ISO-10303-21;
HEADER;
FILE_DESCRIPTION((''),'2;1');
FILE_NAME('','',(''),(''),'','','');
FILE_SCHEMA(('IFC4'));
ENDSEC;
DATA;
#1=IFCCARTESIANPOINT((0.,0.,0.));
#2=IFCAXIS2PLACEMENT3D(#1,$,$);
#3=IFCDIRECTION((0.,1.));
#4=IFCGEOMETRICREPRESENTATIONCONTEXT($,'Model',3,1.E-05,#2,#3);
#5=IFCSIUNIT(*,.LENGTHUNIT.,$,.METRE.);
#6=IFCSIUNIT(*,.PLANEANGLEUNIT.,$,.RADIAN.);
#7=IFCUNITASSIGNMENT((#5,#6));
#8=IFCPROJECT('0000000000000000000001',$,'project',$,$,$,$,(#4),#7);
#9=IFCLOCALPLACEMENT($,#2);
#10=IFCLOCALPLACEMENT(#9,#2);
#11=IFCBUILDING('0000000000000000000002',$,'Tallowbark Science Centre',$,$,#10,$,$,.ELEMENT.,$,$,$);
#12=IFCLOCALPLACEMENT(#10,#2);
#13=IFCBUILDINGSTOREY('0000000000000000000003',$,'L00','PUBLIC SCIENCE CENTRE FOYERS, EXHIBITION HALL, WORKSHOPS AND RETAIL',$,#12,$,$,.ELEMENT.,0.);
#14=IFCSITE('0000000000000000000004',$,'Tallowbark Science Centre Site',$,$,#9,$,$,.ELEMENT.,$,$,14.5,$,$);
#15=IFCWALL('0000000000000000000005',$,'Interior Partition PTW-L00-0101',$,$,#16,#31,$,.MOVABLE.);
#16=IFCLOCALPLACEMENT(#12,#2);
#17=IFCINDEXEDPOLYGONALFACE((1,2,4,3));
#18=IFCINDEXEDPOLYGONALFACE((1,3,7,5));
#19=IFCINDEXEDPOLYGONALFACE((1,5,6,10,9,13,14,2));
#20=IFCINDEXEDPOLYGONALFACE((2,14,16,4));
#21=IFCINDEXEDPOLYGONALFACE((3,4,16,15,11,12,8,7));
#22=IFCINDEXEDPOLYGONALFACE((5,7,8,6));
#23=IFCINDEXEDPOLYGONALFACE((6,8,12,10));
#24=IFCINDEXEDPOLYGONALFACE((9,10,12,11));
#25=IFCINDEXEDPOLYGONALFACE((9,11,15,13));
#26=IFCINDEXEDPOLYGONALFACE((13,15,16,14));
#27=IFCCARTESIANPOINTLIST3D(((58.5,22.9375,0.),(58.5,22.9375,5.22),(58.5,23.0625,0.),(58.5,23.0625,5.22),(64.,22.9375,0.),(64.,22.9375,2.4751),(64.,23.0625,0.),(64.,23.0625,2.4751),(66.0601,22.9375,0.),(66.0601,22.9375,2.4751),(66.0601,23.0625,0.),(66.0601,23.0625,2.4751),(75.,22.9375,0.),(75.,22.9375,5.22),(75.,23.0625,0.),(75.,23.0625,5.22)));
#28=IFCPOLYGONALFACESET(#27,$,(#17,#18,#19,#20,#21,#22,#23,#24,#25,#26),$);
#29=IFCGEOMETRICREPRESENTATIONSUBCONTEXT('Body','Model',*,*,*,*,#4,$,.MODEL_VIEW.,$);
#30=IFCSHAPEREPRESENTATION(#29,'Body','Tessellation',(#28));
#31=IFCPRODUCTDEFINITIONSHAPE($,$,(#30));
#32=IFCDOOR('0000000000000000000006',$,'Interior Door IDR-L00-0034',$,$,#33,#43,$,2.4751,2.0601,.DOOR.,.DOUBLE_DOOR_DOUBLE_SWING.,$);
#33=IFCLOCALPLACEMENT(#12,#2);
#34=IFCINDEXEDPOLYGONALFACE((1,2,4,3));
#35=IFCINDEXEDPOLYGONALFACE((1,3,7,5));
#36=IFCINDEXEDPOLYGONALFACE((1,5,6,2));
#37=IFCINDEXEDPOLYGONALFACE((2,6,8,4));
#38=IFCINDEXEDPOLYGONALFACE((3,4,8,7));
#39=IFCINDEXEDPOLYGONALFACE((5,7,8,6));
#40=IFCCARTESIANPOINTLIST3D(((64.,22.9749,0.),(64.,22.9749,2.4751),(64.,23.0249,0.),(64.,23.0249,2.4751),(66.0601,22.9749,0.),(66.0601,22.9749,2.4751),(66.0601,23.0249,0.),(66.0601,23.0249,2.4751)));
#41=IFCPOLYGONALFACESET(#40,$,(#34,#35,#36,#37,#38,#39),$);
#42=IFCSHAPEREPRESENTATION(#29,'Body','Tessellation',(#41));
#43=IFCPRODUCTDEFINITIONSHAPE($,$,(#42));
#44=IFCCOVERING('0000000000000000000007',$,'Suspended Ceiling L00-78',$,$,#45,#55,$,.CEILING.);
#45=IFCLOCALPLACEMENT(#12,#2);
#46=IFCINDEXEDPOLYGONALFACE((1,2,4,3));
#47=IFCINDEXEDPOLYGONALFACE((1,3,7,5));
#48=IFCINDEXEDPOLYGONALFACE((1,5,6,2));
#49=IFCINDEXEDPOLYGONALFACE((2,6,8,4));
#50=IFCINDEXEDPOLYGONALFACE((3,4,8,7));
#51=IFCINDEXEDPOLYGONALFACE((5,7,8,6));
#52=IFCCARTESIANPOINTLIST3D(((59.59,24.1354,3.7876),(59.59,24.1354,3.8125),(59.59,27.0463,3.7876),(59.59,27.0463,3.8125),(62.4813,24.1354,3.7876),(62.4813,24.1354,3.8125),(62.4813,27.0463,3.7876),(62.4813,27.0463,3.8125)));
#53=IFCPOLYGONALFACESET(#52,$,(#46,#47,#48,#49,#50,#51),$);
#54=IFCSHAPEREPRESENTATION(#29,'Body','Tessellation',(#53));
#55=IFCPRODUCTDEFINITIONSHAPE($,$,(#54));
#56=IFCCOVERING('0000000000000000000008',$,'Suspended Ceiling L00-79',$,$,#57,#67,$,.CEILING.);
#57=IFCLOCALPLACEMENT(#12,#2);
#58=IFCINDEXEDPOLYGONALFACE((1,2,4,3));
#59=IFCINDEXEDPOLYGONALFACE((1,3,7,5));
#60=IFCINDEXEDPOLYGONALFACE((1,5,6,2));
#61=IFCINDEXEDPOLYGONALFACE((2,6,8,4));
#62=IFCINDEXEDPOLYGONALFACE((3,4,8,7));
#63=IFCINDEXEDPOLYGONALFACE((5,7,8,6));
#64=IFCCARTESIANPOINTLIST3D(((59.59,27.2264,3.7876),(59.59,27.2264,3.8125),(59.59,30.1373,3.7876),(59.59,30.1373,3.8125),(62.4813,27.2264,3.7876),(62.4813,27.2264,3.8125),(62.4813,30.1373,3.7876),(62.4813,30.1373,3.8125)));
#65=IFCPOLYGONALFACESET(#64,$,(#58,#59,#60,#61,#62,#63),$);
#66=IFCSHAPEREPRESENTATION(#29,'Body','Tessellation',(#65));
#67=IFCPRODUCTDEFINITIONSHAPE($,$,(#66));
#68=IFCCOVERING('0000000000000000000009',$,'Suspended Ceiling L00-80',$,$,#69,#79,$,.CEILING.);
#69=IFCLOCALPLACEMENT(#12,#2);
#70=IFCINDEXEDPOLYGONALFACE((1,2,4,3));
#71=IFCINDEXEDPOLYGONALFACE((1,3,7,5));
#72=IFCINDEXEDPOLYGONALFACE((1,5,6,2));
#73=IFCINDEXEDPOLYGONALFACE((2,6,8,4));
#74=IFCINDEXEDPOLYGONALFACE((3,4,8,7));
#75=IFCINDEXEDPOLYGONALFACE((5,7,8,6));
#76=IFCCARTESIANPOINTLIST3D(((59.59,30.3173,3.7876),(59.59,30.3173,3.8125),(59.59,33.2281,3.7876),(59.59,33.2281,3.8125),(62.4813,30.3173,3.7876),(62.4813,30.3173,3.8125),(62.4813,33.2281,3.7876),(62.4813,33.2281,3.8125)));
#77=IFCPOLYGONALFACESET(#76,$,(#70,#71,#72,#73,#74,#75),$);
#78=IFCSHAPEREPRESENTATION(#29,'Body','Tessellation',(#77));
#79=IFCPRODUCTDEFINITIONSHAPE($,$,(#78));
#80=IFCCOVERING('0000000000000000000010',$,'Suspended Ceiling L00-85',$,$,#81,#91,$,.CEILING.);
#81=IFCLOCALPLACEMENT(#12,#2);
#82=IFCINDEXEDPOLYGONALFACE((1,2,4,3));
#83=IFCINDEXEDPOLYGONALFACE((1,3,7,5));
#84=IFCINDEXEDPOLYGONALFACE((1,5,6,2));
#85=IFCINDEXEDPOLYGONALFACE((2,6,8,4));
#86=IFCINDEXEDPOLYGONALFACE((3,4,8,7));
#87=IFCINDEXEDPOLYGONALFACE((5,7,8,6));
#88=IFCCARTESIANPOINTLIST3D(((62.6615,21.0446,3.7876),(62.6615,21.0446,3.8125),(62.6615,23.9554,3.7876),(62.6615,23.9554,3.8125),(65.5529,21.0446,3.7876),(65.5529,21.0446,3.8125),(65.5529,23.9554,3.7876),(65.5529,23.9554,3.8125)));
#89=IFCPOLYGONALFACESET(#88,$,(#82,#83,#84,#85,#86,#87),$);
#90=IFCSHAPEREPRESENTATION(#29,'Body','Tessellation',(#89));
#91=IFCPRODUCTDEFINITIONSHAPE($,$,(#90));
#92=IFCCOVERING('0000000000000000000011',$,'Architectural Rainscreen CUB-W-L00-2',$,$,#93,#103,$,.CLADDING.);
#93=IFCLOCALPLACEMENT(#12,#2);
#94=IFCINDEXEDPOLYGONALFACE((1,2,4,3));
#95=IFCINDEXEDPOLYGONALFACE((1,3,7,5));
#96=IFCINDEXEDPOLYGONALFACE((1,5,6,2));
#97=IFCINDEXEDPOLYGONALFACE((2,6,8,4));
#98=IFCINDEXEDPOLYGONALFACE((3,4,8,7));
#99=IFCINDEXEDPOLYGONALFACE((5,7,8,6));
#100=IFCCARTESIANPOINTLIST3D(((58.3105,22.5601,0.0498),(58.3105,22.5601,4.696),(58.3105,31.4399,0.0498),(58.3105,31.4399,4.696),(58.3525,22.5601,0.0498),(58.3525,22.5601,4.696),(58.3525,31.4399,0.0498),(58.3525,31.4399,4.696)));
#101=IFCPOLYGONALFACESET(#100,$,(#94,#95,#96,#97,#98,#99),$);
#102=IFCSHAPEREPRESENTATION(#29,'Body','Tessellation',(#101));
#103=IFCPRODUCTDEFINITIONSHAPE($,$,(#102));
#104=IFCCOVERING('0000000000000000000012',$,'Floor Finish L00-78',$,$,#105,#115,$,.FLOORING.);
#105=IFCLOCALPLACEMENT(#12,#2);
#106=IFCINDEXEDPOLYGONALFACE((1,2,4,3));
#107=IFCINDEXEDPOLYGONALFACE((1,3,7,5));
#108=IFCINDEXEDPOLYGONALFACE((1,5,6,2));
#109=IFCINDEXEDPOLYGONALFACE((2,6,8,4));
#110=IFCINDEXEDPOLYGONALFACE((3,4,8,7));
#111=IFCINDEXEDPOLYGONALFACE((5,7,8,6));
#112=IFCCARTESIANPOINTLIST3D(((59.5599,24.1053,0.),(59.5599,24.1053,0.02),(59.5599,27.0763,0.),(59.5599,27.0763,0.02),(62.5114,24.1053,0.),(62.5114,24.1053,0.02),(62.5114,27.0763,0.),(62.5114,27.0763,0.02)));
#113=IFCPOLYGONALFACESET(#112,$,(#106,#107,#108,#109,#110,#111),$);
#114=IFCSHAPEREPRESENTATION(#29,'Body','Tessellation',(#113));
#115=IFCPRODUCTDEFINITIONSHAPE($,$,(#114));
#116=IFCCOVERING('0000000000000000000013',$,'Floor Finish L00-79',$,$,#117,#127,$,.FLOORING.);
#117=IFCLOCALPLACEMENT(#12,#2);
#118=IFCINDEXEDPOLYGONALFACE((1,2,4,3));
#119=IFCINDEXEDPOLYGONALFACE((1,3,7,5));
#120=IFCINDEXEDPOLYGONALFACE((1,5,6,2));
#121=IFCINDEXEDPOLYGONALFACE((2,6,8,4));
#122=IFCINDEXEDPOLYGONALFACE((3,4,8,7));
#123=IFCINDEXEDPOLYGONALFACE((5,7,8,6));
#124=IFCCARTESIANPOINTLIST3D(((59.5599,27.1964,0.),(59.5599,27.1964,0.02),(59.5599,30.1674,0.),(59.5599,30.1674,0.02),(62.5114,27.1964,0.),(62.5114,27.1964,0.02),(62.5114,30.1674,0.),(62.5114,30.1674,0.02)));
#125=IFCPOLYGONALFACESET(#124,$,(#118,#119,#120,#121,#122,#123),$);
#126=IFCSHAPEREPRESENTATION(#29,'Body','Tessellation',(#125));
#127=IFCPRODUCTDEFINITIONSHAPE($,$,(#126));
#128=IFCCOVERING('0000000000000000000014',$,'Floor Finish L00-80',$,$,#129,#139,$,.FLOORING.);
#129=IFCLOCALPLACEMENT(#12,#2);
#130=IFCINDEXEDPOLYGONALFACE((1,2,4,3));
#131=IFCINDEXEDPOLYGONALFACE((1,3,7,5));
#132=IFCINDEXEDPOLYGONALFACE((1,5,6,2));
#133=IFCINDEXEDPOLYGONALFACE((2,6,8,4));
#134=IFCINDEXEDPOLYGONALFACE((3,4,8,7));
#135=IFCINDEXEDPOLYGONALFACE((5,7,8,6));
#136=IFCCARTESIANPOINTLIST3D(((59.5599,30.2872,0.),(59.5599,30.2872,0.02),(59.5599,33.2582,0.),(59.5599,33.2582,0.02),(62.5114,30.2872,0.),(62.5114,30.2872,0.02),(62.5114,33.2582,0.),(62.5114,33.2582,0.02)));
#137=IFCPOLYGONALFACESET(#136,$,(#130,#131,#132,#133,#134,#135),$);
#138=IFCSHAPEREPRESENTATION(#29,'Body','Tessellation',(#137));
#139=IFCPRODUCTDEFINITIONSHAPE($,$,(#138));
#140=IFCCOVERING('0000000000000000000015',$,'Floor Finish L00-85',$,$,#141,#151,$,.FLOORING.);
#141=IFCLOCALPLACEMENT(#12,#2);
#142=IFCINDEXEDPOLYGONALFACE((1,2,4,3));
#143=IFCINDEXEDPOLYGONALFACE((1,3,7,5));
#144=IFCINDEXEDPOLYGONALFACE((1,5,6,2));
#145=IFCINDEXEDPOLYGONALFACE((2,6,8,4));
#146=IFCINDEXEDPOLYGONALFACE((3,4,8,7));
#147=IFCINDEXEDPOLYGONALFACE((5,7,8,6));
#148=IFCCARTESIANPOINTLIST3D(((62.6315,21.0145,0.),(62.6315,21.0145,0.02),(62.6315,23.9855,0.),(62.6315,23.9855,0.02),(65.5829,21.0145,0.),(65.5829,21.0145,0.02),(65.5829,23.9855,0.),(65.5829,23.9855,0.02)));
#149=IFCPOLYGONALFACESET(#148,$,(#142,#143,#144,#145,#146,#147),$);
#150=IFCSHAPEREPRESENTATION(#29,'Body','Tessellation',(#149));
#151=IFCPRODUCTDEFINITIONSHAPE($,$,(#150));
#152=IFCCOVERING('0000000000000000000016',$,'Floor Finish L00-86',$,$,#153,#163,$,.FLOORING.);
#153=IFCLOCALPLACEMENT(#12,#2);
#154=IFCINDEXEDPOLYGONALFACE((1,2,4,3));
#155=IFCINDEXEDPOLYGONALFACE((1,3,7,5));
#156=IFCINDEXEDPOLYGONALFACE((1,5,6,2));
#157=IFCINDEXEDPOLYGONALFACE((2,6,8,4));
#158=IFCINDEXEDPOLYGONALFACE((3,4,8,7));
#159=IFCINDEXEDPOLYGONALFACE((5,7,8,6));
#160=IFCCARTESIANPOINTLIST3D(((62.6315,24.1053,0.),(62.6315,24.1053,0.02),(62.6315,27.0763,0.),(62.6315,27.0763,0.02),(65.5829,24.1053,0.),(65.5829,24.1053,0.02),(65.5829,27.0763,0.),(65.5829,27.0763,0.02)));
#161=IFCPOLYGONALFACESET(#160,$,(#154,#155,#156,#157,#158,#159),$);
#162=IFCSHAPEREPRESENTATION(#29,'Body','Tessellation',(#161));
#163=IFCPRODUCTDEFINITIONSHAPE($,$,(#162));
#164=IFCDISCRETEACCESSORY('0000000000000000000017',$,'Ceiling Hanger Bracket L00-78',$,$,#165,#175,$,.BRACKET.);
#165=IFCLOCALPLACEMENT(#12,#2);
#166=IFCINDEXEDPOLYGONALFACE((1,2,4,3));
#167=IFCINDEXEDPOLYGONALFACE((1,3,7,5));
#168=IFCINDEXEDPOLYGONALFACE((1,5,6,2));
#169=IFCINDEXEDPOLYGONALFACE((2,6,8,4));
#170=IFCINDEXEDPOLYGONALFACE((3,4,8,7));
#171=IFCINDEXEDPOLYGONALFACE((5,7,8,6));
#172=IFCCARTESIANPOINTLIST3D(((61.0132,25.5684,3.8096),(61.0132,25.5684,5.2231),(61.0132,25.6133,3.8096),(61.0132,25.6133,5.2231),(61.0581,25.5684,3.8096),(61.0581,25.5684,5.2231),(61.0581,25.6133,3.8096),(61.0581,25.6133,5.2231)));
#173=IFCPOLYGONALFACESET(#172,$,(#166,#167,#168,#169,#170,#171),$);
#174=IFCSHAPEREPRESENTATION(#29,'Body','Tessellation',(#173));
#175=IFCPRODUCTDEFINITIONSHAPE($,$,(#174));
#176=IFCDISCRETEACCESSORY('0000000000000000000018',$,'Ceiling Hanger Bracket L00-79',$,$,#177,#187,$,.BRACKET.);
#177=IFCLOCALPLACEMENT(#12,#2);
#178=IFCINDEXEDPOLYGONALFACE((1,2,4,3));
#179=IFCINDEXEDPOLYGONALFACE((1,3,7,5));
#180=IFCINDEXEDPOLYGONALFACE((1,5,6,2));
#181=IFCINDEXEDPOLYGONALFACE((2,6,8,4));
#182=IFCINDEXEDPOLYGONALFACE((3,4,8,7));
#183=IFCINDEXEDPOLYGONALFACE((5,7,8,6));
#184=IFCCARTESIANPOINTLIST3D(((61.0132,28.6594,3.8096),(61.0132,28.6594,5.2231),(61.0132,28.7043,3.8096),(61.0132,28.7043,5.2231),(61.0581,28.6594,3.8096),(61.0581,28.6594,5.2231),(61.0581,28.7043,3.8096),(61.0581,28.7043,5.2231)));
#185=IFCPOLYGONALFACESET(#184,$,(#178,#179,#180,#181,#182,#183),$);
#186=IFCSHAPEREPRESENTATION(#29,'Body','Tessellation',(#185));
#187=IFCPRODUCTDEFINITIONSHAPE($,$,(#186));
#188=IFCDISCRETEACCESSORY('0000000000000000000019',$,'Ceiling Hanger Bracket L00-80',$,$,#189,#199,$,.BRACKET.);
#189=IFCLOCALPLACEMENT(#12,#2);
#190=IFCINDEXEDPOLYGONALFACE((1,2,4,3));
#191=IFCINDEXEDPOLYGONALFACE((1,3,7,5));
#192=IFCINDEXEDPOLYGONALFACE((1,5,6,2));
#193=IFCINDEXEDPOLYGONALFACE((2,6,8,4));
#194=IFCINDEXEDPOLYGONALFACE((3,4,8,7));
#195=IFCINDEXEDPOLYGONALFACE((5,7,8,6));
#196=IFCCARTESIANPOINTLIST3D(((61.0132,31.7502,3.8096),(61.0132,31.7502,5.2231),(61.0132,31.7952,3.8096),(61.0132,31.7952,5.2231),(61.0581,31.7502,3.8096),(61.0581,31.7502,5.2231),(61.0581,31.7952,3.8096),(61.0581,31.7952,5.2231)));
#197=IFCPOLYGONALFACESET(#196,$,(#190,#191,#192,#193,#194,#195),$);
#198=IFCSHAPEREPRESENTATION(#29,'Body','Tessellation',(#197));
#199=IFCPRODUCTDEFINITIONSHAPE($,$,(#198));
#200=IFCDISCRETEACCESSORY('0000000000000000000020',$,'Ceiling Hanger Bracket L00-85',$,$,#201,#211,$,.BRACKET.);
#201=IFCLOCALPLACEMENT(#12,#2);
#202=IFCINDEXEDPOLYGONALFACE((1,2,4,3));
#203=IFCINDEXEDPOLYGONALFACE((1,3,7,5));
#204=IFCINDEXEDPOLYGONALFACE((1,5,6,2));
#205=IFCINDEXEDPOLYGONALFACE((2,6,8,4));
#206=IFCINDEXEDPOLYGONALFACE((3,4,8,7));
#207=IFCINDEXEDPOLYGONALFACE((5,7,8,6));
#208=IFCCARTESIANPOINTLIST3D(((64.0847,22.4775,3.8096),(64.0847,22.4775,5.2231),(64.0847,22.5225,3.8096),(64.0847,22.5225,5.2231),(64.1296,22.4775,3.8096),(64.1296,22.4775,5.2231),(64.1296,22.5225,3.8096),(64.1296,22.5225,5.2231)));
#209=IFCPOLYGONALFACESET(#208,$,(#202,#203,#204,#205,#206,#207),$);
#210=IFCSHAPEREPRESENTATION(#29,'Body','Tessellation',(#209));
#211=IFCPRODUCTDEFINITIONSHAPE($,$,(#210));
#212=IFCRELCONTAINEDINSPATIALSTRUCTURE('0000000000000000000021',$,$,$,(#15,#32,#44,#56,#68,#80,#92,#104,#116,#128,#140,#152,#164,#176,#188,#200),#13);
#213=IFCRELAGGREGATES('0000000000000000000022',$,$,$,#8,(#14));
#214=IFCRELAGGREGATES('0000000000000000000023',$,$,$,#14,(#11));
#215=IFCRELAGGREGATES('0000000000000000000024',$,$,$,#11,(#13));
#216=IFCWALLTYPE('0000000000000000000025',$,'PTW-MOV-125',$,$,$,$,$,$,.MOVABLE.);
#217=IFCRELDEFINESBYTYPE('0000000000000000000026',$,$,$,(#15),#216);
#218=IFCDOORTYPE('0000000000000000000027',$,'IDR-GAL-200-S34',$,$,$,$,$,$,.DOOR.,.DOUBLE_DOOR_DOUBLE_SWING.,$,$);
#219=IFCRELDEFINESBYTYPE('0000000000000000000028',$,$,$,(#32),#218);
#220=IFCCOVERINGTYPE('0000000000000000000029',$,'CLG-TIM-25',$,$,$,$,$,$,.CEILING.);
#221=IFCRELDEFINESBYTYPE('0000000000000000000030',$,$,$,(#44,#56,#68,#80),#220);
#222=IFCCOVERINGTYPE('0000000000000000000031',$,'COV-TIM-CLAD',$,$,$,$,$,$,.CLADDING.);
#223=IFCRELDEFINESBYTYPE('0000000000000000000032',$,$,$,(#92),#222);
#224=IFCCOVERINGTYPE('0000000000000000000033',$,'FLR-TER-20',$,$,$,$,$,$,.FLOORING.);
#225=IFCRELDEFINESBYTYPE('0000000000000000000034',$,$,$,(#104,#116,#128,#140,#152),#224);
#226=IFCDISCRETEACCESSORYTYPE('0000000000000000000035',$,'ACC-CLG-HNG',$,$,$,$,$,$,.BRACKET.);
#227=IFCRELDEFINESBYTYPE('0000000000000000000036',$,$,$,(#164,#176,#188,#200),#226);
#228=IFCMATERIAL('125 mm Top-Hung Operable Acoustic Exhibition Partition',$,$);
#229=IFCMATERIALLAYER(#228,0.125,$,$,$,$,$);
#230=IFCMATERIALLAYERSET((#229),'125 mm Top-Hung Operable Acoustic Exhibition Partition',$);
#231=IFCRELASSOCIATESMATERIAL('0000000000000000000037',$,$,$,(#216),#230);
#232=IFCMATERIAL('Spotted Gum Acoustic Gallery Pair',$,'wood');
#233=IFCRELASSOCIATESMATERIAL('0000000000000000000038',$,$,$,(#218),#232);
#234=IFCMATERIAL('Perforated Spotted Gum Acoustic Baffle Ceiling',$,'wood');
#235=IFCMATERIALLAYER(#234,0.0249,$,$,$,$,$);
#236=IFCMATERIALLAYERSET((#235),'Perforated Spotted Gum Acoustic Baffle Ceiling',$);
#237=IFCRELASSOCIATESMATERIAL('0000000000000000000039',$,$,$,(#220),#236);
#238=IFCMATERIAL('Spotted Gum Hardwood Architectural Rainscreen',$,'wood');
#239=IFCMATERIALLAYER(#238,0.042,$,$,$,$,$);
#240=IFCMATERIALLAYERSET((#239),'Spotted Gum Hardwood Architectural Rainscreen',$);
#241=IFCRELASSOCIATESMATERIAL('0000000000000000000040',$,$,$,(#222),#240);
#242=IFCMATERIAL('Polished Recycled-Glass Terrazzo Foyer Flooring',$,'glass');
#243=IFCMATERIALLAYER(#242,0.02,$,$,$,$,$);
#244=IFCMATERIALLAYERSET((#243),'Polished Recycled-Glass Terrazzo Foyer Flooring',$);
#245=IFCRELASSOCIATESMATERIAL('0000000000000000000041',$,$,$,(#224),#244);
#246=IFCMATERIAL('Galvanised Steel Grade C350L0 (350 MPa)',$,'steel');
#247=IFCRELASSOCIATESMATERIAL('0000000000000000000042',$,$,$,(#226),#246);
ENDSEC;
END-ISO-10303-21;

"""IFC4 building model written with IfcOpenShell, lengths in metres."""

from ifc_helpers import new_model, si_unit, direction, frame, frame_2d, origin, origin_2d, place, context, subcontext, project, spatial, rectangle, extrude, material, layer, layer_set, type_object, element, fill, save


model = new_model("IFC4")

# Units and contexts
model_context = context("Model", 3, precision=1e-05, world=origin(), true_north=direction((0.0, 1.0)))
body_context = subcontext(model_context, "Body", "Model", "MODEL_VIEW")
ifc_project = project(units=[si_unit("LENGTHUNIT", "METRE"), si_unit("PLANEANGLEUNIT", "RADIAN")], contexts=[model_context])

# Site, building, storey
site_placement = place(None, origin())
site = spatial("IfcSite", under=ifc_project, at=site_placement, Name="Tallowbark Science Centre Site", CompositionType="ELEMENT", RefElevation=14.5)
building_placement = place(site_placement, origin())
building = spatial("IfcBuilding", under=site, at=building_placement, Name="Tallowbark Science Centre", CompositionType="ELEMENT")
storey_placement = place(building_placement, origin())
storey = spatial("IfcBuildingStorey", under=building, at=storey_placement, Name="L00", Description="PUBLIC SCIENCE CENTRE FOYERS, EXHIBITION HALL, WORKSHOPS AND RETAIL", CompositionType="ELEMENT", Elevation=0.0)

# Wall, opening, door
ifc_material_1 = material(Name="125 mm Top-Hung Operable Acoustic Exhibition Partition")
ifc_layer_1 = layer(ifc_material_1, 0.125)
ifc_layer_set_1 = layer_set([ifc_layer_1], Name="125 mm Top-Hung Operable Acoustic Exhibition Partition")
wall_type_1 = type_object("IfcWallType", Name="PTW-MOV-125", PredefinedType="MOVABLE", material=ifc_layer_set_1)
wall_1_placement = place(storey_placement, frame((58.5, 23.0, 0.0), z_axis=(0.0, 0.0, 1.0), x_axis=(1.0, 0.0, 0.0)))
wall_1 = element("IfcWall", 1, at=wall_1_placement, inside=storey, type_object=wall_type_1, Name="Interior Partition PTW-L00-0101", PredefinedType="MOVABLE", context=body_context, shape_type="SweptSolid", body=[
    extrude(rectangle(XDim=16.5, YDim=0.125, at=frame_2d((8.25, 0.0))), origin(), (0.0, 0.0, 1.0), 5.22),
])
opening_placement = place(wall_1_placement, frame((5.5, 0.0, 0.0)))
opening = element("IfcOpeningElement", 2, at=opening_placement, cuts=wall_1, PredefinedType="OPENING", context=body_context, shape_type="SweptSolid", body=[
    extrude(rectangle(XDim=2.0601, YDim=2.4751, at=frame_2d((1.03, 1.2375))), frame((0.0, 0.0725, 0.0), z_axis=(0.0, -1.0, 0.0), x_axis=(1.0, 0.0, 0.0)), (0.0, 0.0, 1.0), 0.145),
])
ifc_material_2 = material(Name="Spotted Gum Acoustic Gallery Pair", Category="wood")
door_type = type_object("IfcDoorType", Name="IDR-GAL-200-S34", OperationType="DOUBLE_DOOR_DOUBLE_SWING", PredefinedType="DOOR", material=ifc_material_2)
door_placement = place(opening_placement, origin())
door = element("IfcDoor", 3, at=door_placement, inside=storey, type_object=door_type, Name="Interior Door IDR-L00-0034", OperationType="DOUBLE_DOOR_DOUBLE_SWING", OverallHeight=2.4751, OverallWidth=2.0601, PredefinedType="DOOR", context=body_context, shape_type="SweptSolid", body=[
    extrude(rectangle(XDim=2.0601, YDim=2.4751, at=frame_2d((1.03, 1.2375))), frame((0.0, 0.0249, 0.0), z_axis=(0.0, -1.0, 0.0), x_axis=(1.0, 0.0, 0.0)), (0.0, 0.0, 1.0), 0.05),
])
fill(opening, door)

# Coverings
ifc_material_3 = material(Name="Perforated Spotted Gum Acoustic Baffle Ceiling", Category="wood")
ifc_layer_2 = layer(ifc_material_3, 0.0249)
ifc_layer_set_2 = layer_set([ifc_layer_2], Name="Perforated Spotted Gum Acoustic Baffle Ceiling")
covering_type_1 = type_object("IfcCoveringType", Name="CLG-TIM-25", PredefinedType="CEILING", material=ifc_layer_set_2)
for number, where, z_axis, x_axis, name in (
    (4, (61.0356, 25.5908, 3.7876), (0.0, 0.0, 1.0), (1.0, 0.0, 0.0), "Suspended Ceiling L00-78"),
    (5, (61.0356, 28.6819, 3.7876), (0.0, 0.0, 1.0), (1.0, 0.0, 0.0), "Suspended Ceiling L00-79"),
    (6, (61.0356, 31.7727, 3.7876), (0.0, 0.0, 1.0), (1.0, 0.0, 0.0), "Suspended Ceiling L00-80"),
    (7, (64.1072, 22.5, 3.7876), (0.0, 0.0, 1.0), (1.0, 0.0, 0.0), "Suspended Ceiling L00-85"),
):
    element("IfcCovering", number, at=place(storey_placement, frame(where, z_axis=z_axis, x_axis=x_axis)), inside=storey, type_object=covering_type_1, Name=name, PredefinedType="CEILING", context=body_context, shape_type="SweptSolid", body=[
        extrude(rectangle(XDim=2.8914, YDim=2.9109, at=origin_2d()), origin(), (0.0, 0.0, 1.0), 0.0249),
    ])
ifc_material_4 = material(Name="Spotted Gum Hardwood Architectural Rainscreen", Category="wood")
ifc_layer_3 = layer(ifc_material_4, 0.042)
ifc_layer_set_3 = layer_set([ifc_layer_3], Name="Spotted Gum Hardwood Architectural Rainscreen")
covering_type_2 = type_object("IfcCoveringType", Name="COV-TIM-CLAD", PredefinedType="CLADDING", material=ifc_layer_set_3)
covering_placement = place(storey_placement, frame((58.3315, 27.0, 0.0498), z_axis=(0.0, 0.0, 1.0), x_axis=(0.0, -1.0, 0.0)))
element("IfcCovering", 8, at=covering_placement, inside=storey, type_object=covering_type_2, Name="Architectural Rainscreen CUB-W-L00-2", PredefinedType="CLADDING", context=body_context, shape_type="SweptSolid", body=[
    extrude(rectangle(XDim=8.8799, YDim=0.042, at=origin_2d()), origin(), (0.0, 0.0, 1.0), 4.6462),
])
ifc_material_5 = material(Name="Polished Recycled-Glass Terrazzo Foyer Flooring", Category="glass")
ifc_layer_4 = layer(ifc_material_5, 0.02)
ifc_layer_set_4 = layer_set([ifc_layer_4], Name="Polished Recycled-Glass Terrazzo Foyer Flooring")
covering_type_3 = type_object("IfcCoveringType", Name="FLR-TER-20", PredefinedType="FLOORING", material=ifc_layer_set_4)
for number, where, z_axis, x_axis, name in (
    (9, (61.0356, 25.5908, 0.0), (0.0, 0.0, 1.0), (1.0, 0.0, 0.0), "Floor Finish L00-78"),
    (10, (61.0356, 28.6819, 0.0), (0.0, 0.0, 1.0), (1.0, 0.0, 0.0), "Floor Finish L00-79"),
    (11, (61.0356, 31.7727, 0.0), (0.0, 0.0, 1.0), (1.0, 0.0, 0.0), "Floor Finish L00-80"),
    (12, (64.1072, 22.5, 0.0), (0.0, 0.0, 1.0), (1.0, 0.0, 0.0), "Floor Finish L00-85"),
    (13, (64.1072, 25.5908, 0.0), (0.0, 0.0, 1.0), (1.0, 0.0, 0.0), "Floor Finish L00-86"),
):
    element("IfcCovering", number, at=place(storey_placement, frame(where, z_axis=z_axis, x_axis=x_axis)), inside=storey, type_object=covering_type_3, Name=name, PredefinedType="FLOORING", context=body_context, shape_type="SweptSolid", body=[
        extrude(rectangle(XDim=2.9514, YDim=2.9709, at=origin_2d()), origin(), (0.0, 0.0, 1.0), 0.02),
    ])

# Discrete accessories
ifc_material_6 = material(Name="Galvanised Steel Grade C350L0 (350 MPa)", Category="steel")
discrete_accessory_type = type_object("IfcDiscreteAccessoryType", Name="ACC-CLG-HNG", PredefinedType="BRACKET", material=ifc_material_6)
for number, where, z_axis, x_axis, name in (
    (14, (61.0356, 25.5908, 3.8096), (0.0, 0.0, 1.0), (1.0, 0.0, 0.0), "Ceiling Hanger Bracket L00-78"),
    (15, (61.0356, 28.6819, 3.8096), (0.0, 0.0, 1.0), (1.0, 0.0, 0.0), "Ceiling Hanger Bracket L00-79"),
    (16, (61.0356, 31.7727, 3.8096), (0.0, 0.0, 1.0), (1.0, 0.0, 0.0), "Ceiling Hanger Bracket L00-80"),
    (17, (64.1072, 22.5, 3.8096), (0.0, 0.0, 1.0), (1.0, 0.0, 0.0), "Ceiling Hanger Bracket L00-85"),
):
    element("IfcDiscreteAccessory", number, at=place(storey_placement, frame(where, z_axis=z_axis, x_axis=x_axis)), inside=storey, type_object=discrete_accessory_type, Name=name, PredefinedType="BRACKET", context=body_context, shape_type="SweptSolid", body=[
        extrude(rectangle(XDim=0.0449, YDim=0.0449, at=origin_2d()), origin(), (0.0, 0.0, 1.0), 1.4136),
    ])

save(model, "model.ifc")
